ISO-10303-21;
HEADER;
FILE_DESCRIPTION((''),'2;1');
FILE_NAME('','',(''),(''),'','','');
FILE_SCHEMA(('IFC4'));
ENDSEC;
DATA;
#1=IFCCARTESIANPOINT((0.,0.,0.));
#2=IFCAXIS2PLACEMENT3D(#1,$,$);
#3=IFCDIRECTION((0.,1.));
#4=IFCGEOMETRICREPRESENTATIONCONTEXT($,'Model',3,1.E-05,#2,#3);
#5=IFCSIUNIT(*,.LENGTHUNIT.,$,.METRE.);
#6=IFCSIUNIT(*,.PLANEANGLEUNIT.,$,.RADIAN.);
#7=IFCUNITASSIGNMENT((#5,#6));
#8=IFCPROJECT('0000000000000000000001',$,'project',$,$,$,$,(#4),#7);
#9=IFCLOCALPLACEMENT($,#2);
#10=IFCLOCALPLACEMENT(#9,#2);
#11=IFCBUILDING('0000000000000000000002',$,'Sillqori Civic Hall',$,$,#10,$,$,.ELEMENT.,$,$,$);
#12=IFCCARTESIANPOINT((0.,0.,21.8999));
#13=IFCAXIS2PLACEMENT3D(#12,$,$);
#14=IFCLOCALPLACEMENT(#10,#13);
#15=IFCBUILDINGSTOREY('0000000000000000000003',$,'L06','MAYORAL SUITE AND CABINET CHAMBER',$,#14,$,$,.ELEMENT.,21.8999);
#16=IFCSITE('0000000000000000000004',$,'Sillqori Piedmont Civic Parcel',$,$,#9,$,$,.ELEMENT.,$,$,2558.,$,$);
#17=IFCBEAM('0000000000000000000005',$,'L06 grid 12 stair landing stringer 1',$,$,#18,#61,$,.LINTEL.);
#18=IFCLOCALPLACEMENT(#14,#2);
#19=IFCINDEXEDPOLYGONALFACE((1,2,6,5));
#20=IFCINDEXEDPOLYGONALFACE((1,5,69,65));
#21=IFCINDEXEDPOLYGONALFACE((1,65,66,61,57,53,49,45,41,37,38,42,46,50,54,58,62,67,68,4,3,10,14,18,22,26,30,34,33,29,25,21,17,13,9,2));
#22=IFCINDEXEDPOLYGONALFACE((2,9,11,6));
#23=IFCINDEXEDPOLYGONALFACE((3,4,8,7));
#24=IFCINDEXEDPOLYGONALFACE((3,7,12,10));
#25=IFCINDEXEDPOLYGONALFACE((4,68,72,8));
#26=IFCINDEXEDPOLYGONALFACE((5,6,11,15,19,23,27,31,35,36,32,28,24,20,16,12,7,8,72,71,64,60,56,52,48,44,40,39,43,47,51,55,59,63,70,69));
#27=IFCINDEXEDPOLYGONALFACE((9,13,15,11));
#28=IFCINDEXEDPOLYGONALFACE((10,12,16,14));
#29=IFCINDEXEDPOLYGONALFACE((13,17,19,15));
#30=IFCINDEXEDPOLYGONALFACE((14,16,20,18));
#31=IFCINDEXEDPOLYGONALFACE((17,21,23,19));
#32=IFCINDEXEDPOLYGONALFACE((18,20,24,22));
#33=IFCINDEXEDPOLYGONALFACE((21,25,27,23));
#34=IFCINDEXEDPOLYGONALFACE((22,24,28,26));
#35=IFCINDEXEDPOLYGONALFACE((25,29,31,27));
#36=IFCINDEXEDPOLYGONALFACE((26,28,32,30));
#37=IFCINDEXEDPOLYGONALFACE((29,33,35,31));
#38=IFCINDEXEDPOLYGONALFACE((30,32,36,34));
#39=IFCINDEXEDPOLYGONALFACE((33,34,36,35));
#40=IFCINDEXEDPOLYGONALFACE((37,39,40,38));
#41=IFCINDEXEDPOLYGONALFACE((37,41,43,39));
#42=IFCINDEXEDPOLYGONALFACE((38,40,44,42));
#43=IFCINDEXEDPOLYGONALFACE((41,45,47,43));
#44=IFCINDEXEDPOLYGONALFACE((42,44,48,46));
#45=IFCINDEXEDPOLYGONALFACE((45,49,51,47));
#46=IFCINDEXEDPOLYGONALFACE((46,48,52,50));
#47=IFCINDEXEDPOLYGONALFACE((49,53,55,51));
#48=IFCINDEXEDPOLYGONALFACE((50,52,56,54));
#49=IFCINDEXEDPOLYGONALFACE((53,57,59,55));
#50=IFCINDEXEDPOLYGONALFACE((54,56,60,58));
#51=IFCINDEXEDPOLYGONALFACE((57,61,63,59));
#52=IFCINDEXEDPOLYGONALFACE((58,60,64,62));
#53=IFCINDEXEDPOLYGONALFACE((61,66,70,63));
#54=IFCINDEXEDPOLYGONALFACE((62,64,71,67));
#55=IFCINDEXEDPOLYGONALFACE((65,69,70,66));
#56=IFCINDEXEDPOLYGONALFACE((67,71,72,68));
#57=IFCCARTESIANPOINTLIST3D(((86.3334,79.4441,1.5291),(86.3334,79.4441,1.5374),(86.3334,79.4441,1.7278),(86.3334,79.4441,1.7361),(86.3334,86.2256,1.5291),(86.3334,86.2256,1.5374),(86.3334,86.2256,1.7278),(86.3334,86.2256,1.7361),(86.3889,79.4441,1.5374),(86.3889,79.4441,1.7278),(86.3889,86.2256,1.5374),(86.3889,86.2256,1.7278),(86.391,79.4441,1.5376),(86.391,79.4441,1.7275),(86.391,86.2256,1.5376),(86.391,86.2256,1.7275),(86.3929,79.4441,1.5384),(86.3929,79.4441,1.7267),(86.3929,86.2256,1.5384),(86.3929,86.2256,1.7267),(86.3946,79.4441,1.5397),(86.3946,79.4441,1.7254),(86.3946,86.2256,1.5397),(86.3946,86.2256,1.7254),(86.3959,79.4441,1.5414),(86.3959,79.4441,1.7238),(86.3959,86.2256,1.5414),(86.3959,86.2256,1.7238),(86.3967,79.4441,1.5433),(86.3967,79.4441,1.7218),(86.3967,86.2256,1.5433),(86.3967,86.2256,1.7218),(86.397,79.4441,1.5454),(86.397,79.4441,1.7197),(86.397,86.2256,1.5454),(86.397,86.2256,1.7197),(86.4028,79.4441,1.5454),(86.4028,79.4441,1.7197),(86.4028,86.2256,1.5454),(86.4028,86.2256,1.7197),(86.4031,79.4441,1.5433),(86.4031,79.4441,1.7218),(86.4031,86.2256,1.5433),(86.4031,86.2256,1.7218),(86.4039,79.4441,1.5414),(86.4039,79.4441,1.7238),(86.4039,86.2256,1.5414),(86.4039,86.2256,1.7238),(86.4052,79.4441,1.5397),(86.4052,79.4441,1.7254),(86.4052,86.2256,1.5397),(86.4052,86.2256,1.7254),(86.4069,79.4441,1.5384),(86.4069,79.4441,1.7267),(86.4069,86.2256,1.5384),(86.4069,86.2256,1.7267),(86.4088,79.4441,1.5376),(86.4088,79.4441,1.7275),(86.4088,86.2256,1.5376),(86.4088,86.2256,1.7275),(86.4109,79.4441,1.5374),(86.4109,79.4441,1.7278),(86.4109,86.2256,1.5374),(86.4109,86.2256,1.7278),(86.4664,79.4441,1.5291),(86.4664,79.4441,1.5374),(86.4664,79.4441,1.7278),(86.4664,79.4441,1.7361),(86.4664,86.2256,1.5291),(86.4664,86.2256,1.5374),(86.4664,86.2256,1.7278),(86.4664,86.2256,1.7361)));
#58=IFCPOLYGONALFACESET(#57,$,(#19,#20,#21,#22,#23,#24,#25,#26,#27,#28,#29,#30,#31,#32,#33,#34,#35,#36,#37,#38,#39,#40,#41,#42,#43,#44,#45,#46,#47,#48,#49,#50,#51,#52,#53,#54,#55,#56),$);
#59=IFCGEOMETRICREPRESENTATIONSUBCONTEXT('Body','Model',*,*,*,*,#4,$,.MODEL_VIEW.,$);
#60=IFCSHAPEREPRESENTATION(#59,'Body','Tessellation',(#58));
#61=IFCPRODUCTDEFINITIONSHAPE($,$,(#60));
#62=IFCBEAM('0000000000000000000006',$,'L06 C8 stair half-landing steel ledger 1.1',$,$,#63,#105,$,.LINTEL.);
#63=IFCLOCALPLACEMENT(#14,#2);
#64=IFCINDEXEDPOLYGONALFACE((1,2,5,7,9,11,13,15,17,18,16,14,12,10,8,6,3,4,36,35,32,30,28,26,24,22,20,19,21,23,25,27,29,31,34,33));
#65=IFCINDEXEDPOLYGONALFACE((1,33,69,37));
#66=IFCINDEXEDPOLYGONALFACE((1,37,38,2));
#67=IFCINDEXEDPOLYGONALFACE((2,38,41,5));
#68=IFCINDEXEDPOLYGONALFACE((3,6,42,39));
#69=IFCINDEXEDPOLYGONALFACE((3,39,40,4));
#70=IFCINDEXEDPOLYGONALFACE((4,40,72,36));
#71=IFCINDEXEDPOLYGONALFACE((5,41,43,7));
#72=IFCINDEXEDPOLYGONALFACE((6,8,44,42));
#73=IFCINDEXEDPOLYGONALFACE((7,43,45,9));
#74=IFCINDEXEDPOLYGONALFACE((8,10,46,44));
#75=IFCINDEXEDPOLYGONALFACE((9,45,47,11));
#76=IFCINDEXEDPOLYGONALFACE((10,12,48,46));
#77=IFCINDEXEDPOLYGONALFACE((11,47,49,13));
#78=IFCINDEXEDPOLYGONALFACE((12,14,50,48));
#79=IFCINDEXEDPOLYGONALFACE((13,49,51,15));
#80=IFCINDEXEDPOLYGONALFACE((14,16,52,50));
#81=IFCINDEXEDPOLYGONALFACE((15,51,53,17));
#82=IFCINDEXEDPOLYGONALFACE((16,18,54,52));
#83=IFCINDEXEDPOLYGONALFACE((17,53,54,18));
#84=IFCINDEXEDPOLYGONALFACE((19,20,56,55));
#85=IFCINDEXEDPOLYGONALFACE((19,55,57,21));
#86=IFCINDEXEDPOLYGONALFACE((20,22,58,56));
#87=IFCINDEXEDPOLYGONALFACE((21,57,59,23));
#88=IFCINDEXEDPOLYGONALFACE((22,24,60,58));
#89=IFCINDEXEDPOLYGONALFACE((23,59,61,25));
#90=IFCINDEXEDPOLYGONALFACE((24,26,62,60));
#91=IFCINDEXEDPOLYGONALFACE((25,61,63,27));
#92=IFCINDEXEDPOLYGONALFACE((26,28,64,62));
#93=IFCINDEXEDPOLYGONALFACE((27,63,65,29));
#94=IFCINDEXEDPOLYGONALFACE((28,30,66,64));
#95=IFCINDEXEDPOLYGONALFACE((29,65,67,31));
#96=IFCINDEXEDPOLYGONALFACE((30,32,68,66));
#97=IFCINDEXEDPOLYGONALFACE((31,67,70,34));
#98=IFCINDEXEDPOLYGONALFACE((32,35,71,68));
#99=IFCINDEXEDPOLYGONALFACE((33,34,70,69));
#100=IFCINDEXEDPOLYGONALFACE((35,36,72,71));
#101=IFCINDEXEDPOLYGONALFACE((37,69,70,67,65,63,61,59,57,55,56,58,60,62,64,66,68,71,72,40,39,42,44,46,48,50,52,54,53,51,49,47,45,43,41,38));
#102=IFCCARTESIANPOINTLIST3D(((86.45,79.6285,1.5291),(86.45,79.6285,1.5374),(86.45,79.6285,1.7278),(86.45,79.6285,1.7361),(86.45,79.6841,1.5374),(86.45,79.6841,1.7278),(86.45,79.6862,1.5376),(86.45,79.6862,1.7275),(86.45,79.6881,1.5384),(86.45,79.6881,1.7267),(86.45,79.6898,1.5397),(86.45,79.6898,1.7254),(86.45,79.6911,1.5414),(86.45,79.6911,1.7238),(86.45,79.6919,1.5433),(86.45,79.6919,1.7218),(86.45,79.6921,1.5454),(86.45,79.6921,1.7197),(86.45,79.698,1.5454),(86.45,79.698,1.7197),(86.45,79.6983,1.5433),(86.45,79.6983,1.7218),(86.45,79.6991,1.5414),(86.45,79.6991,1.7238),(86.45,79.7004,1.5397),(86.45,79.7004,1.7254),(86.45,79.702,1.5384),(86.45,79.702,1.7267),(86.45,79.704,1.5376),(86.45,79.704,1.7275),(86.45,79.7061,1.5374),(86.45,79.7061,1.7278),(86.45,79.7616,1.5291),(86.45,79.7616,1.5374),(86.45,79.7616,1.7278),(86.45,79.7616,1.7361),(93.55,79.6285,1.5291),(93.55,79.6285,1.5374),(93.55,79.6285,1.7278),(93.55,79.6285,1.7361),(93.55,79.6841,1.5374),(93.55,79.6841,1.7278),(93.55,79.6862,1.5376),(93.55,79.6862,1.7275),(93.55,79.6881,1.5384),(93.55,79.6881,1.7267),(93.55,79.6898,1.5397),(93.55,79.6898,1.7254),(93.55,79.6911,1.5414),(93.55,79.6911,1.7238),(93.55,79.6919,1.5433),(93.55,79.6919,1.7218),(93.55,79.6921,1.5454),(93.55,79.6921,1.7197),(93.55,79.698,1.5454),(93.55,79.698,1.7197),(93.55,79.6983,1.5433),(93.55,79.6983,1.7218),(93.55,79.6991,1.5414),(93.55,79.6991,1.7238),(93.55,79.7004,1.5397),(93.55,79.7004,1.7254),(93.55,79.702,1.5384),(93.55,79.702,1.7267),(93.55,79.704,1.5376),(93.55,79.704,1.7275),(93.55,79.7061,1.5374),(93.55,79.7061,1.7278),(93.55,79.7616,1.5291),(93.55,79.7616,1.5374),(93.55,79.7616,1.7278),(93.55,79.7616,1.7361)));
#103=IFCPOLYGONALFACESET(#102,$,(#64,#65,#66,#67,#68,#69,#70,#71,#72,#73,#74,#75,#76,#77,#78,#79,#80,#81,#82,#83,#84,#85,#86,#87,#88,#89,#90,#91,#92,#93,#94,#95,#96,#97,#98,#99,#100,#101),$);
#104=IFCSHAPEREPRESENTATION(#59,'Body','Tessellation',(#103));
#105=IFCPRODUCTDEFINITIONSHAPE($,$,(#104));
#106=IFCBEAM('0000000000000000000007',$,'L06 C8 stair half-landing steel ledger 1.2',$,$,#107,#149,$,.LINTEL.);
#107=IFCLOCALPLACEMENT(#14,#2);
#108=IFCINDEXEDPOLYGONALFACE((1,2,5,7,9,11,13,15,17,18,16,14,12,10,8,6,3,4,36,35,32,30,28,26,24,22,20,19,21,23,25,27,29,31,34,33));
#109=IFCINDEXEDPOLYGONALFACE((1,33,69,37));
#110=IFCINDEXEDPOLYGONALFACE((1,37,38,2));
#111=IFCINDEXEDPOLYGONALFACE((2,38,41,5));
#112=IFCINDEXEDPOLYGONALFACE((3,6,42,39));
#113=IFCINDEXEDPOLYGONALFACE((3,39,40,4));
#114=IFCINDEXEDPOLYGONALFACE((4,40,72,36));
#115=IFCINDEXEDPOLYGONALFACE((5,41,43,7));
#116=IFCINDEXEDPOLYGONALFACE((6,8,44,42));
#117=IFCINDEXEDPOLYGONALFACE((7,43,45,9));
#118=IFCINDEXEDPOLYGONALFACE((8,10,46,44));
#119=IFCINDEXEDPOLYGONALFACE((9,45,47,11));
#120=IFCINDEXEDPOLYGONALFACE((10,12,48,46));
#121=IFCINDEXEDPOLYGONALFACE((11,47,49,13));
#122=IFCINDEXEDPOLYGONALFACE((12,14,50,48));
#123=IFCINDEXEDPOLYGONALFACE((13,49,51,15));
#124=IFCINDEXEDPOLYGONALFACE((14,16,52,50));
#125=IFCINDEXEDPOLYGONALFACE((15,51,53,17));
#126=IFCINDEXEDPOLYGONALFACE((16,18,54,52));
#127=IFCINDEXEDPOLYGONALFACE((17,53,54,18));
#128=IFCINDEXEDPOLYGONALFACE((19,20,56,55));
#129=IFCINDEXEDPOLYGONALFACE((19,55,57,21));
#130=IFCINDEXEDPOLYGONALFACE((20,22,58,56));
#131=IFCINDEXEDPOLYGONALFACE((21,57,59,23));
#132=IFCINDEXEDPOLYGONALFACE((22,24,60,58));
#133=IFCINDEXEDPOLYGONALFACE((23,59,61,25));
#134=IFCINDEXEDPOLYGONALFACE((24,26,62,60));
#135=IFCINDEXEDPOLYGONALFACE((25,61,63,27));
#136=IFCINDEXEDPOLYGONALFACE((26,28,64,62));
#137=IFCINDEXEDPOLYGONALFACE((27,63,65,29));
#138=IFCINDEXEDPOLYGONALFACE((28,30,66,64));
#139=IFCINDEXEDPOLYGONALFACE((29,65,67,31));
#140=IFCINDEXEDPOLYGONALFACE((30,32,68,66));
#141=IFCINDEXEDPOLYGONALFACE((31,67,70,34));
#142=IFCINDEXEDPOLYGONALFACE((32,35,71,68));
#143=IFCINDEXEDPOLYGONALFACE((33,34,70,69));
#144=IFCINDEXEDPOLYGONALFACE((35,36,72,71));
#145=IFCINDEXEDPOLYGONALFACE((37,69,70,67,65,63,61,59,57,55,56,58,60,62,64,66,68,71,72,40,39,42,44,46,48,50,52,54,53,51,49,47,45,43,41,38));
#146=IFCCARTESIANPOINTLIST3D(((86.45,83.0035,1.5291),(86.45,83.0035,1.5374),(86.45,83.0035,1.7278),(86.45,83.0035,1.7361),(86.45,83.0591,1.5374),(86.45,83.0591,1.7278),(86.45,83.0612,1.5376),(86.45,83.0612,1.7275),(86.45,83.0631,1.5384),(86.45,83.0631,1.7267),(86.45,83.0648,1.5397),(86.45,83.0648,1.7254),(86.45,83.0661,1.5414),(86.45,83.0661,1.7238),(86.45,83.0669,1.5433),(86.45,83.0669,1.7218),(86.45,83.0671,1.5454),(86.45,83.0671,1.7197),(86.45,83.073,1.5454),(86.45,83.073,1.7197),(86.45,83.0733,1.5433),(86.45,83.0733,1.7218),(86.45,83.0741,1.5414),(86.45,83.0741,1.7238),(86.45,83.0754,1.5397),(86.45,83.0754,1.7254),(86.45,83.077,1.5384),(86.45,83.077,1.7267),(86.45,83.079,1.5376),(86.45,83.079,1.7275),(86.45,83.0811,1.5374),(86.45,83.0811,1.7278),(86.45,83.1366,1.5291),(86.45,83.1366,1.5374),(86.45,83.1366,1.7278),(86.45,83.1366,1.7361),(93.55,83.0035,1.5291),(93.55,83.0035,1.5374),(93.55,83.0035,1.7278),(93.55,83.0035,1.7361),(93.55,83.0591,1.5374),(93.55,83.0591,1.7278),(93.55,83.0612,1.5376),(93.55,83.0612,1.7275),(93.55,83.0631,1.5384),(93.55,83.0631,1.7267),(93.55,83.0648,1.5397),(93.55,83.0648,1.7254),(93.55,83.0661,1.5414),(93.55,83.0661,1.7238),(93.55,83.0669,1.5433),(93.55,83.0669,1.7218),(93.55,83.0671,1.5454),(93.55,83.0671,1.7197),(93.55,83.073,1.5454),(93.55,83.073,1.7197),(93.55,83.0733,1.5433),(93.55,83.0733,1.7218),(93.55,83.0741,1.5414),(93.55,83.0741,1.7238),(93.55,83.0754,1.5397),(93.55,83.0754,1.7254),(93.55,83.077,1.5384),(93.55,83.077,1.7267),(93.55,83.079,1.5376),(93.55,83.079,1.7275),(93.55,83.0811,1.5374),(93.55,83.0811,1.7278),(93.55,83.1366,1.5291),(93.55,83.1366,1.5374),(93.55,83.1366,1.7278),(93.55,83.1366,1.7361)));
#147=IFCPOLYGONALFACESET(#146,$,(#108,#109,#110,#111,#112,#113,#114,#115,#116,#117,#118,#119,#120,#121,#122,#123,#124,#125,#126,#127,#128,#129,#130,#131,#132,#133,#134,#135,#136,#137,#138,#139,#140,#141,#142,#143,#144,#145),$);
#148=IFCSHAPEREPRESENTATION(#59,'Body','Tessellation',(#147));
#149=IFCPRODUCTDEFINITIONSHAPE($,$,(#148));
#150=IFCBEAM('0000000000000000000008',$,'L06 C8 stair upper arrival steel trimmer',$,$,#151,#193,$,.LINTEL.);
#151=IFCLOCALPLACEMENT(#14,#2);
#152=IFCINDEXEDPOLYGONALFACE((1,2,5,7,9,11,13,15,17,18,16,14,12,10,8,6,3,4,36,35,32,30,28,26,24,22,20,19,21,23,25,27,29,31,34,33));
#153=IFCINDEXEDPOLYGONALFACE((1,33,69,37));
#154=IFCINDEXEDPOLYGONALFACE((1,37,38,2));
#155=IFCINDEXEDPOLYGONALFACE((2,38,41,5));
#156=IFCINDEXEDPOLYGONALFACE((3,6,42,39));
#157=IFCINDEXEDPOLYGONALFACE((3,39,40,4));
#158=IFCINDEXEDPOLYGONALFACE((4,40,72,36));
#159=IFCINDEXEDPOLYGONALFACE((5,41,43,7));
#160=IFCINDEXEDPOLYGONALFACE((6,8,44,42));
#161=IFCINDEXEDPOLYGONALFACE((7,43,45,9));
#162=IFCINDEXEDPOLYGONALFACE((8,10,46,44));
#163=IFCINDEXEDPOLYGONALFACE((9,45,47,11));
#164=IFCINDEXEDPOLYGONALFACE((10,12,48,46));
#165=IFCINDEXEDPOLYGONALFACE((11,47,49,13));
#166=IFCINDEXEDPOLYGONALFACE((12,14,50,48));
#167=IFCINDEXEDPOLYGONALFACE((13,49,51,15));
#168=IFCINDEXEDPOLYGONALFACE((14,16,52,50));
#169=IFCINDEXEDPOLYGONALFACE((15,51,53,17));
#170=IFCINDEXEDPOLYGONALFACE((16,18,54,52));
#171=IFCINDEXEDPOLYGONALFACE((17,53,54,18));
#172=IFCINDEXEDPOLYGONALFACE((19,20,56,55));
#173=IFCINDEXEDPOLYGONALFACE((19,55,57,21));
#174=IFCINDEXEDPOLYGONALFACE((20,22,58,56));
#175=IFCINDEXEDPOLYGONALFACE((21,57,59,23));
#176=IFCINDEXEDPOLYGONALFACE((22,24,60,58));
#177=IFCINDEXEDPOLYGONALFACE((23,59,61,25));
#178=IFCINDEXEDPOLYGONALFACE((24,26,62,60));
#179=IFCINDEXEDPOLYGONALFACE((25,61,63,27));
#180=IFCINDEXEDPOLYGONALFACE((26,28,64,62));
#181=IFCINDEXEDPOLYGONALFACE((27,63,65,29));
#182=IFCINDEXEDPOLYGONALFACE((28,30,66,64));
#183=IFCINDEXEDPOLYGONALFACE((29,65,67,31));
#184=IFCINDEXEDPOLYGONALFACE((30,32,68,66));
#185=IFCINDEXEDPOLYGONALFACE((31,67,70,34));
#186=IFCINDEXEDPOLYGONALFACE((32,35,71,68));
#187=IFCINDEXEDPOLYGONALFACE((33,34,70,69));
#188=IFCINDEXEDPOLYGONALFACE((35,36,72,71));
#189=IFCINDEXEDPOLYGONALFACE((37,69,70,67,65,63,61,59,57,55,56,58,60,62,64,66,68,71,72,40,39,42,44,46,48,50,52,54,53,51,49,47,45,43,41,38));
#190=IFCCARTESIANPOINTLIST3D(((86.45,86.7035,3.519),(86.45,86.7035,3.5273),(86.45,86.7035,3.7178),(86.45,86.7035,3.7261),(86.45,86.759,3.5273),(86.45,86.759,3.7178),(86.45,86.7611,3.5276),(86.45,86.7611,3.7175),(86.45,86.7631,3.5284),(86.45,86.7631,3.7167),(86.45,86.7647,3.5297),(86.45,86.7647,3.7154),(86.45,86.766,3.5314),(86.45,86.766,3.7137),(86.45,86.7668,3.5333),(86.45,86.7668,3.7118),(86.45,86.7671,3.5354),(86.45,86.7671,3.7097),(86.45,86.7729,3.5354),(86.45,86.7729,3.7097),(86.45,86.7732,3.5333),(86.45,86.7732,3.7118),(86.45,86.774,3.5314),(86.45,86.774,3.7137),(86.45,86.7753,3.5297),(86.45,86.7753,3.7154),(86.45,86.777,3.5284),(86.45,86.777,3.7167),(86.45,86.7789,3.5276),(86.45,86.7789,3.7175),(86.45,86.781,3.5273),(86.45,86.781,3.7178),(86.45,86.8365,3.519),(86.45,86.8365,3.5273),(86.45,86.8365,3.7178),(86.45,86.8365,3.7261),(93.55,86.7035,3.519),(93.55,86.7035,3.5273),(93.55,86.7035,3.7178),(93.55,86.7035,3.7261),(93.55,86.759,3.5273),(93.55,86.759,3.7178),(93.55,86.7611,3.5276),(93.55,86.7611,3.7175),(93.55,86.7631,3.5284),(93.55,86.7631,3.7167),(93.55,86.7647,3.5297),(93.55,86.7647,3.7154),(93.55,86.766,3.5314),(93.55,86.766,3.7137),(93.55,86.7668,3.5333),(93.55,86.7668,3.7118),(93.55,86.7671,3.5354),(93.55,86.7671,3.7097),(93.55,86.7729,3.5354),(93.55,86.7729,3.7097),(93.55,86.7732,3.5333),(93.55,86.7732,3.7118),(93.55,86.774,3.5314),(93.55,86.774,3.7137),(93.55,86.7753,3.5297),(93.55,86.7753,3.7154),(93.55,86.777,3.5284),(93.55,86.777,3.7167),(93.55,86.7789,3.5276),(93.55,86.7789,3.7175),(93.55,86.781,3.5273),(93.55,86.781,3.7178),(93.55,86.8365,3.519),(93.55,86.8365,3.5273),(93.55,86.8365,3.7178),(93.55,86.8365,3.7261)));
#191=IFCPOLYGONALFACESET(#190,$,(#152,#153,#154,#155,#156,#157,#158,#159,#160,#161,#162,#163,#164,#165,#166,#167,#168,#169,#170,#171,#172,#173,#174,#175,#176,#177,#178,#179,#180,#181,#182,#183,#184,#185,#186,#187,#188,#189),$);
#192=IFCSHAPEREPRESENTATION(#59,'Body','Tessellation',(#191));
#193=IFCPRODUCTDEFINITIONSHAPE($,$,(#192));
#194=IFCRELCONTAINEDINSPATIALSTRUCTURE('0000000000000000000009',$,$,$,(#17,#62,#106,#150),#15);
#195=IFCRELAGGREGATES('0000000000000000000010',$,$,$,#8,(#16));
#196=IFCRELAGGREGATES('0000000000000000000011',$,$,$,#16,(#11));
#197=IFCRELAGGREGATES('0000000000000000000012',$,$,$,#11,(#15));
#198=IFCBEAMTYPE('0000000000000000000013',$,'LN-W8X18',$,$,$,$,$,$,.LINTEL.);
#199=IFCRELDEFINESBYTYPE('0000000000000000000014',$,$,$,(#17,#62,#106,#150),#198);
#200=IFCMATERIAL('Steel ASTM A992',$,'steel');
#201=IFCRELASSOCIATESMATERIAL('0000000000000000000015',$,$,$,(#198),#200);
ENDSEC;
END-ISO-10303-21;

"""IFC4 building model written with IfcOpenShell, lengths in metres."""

from ifc_helpers import new_model, si_unit, direction, frame, origin, origin_2d, place, context, subcontext, project, spatial, i_section, extrude, material, material_profile, profile_set, type_object, element, save


model = new_model("IFC4")

# Units and contexts
model_context = context("Model", 3, precision=1e-05, world=origin(), true_north=direction((0.0, 1.0)))
body_context = subcontext(model_context, "Body", "Model", "MODEL_VIEW")
ifc_project = project(units=[si_unit("LENGTHUNIT", "METRE"), si_unit("PLANEANGLEUNIT", "RADIAN")], contexts=[model_context])

# Site, building, storey
site_placement = place(None, origin())
site = spatial("IfcSite", under=ifc_project, at=site_placement, Name="Sillqori Piedmont Civic Parcel", CompositionType="ELEMENT", RefElevation=2558.0)
building_placement = place(site_placement, origin())
building = spatial("IfcBuilding", under=site, at=building_placement, Name="Sillqori Civic Hall", CompositionType="ELEMENT")
storey_placement = place(building_placement, frame((0.0, 0.0, 21.8999)))
storey = spatial("IfcBuildingStorey", under=building, at=storey_placement, Name="L06", Description="MAYORAL SUITE AND CABINET CHAMBER", CompositionType="ELEMENT", Elevation=21.8999)

# Shared definitions
ifc_material_1 = material(Name="Steel ASTM A992", Category="steel")

# Beams
ifc_material_profile_1 = material_profile(ifc_material_1, i_section(OverallWidth=0.1331, OverallDepth=0.207, WebThickness=0.0059, FlangeThickness=0.0083, FilletRadius=0.0081, at=origin_2d()), Name="W8X18")
ifc_profile_set_1 = profile_set([ifc_material_profile_1], Name="Steel ASTM A992")
beam_type_1 = type_object("IfcBeamType", Name="LN-W8X18", PredefinedType="LINTEL", material=ifc_profile_set_1)
beam_placement = place(storey_placement, frame((86.3999, 79.4441, 1.6326), z_axis=(0.0, 1.0, 0.0), x_axis=(-1.0, 0.0, 0.0)))
element("IfcBeam", 1, at=beam_placement, inside=storey, type_object=beam_type_1, Name="L06 grid 12 stair landing stringer 1", PredefinedType="LINTEL", context=body_context, shape_type="SweptSolid", body=[
    extrude(i_section(OverallWidth=0.1331, OverallDepth=0.207, WebThickness=0.0059, FlangeThickness=0.0083, FilletRadius=0.0081, at=origin_2d()), origin(), (0.0, 0.0, 1.0), 6.7815),
])
for number, where, z_axis, x_axis, name in (
    (2, (86.45, 79.6951, 1.6326), (1.0, 0.0, 0.0), (0.0, 1.0, 0.0), "L06 C8 stair half-landing steel ledger 1.1"),
    (3, (86.45, 83.0701, 1.6326), (1.0, 0.0, 0.0), (0.0, 1.0, 0.0), "L06 C8 stair half-landing steel ledger 1.2"),
    (4, (86.45, 86.77, 3.6226), (1.0, 0.0, 0.0), (0.0, 1.0, 0.0), "L06 C8 stair upper arrival steel trimmer"),
):
    element("IfcBeam", number, at=place(storey_placement, frame(where, z_axis=z_axis, x_axis=x_axis)), inside=storey, type_object=beam_type_1, Name=name, PredefinedType="LINTEL", context=body_context, shape_type="SweptSolid", body=[
        extrude(i_section(OverallWidth=0.1331, OverallDepth=0.207, WebThickness=0.0059, FlangeThickness=0.0083, FilletRadius=0.0081, at=origin_2d()), origin(), (0.0, 0.0, 1.0), 7.1001),
    ])

save(model, "model.ifc")
